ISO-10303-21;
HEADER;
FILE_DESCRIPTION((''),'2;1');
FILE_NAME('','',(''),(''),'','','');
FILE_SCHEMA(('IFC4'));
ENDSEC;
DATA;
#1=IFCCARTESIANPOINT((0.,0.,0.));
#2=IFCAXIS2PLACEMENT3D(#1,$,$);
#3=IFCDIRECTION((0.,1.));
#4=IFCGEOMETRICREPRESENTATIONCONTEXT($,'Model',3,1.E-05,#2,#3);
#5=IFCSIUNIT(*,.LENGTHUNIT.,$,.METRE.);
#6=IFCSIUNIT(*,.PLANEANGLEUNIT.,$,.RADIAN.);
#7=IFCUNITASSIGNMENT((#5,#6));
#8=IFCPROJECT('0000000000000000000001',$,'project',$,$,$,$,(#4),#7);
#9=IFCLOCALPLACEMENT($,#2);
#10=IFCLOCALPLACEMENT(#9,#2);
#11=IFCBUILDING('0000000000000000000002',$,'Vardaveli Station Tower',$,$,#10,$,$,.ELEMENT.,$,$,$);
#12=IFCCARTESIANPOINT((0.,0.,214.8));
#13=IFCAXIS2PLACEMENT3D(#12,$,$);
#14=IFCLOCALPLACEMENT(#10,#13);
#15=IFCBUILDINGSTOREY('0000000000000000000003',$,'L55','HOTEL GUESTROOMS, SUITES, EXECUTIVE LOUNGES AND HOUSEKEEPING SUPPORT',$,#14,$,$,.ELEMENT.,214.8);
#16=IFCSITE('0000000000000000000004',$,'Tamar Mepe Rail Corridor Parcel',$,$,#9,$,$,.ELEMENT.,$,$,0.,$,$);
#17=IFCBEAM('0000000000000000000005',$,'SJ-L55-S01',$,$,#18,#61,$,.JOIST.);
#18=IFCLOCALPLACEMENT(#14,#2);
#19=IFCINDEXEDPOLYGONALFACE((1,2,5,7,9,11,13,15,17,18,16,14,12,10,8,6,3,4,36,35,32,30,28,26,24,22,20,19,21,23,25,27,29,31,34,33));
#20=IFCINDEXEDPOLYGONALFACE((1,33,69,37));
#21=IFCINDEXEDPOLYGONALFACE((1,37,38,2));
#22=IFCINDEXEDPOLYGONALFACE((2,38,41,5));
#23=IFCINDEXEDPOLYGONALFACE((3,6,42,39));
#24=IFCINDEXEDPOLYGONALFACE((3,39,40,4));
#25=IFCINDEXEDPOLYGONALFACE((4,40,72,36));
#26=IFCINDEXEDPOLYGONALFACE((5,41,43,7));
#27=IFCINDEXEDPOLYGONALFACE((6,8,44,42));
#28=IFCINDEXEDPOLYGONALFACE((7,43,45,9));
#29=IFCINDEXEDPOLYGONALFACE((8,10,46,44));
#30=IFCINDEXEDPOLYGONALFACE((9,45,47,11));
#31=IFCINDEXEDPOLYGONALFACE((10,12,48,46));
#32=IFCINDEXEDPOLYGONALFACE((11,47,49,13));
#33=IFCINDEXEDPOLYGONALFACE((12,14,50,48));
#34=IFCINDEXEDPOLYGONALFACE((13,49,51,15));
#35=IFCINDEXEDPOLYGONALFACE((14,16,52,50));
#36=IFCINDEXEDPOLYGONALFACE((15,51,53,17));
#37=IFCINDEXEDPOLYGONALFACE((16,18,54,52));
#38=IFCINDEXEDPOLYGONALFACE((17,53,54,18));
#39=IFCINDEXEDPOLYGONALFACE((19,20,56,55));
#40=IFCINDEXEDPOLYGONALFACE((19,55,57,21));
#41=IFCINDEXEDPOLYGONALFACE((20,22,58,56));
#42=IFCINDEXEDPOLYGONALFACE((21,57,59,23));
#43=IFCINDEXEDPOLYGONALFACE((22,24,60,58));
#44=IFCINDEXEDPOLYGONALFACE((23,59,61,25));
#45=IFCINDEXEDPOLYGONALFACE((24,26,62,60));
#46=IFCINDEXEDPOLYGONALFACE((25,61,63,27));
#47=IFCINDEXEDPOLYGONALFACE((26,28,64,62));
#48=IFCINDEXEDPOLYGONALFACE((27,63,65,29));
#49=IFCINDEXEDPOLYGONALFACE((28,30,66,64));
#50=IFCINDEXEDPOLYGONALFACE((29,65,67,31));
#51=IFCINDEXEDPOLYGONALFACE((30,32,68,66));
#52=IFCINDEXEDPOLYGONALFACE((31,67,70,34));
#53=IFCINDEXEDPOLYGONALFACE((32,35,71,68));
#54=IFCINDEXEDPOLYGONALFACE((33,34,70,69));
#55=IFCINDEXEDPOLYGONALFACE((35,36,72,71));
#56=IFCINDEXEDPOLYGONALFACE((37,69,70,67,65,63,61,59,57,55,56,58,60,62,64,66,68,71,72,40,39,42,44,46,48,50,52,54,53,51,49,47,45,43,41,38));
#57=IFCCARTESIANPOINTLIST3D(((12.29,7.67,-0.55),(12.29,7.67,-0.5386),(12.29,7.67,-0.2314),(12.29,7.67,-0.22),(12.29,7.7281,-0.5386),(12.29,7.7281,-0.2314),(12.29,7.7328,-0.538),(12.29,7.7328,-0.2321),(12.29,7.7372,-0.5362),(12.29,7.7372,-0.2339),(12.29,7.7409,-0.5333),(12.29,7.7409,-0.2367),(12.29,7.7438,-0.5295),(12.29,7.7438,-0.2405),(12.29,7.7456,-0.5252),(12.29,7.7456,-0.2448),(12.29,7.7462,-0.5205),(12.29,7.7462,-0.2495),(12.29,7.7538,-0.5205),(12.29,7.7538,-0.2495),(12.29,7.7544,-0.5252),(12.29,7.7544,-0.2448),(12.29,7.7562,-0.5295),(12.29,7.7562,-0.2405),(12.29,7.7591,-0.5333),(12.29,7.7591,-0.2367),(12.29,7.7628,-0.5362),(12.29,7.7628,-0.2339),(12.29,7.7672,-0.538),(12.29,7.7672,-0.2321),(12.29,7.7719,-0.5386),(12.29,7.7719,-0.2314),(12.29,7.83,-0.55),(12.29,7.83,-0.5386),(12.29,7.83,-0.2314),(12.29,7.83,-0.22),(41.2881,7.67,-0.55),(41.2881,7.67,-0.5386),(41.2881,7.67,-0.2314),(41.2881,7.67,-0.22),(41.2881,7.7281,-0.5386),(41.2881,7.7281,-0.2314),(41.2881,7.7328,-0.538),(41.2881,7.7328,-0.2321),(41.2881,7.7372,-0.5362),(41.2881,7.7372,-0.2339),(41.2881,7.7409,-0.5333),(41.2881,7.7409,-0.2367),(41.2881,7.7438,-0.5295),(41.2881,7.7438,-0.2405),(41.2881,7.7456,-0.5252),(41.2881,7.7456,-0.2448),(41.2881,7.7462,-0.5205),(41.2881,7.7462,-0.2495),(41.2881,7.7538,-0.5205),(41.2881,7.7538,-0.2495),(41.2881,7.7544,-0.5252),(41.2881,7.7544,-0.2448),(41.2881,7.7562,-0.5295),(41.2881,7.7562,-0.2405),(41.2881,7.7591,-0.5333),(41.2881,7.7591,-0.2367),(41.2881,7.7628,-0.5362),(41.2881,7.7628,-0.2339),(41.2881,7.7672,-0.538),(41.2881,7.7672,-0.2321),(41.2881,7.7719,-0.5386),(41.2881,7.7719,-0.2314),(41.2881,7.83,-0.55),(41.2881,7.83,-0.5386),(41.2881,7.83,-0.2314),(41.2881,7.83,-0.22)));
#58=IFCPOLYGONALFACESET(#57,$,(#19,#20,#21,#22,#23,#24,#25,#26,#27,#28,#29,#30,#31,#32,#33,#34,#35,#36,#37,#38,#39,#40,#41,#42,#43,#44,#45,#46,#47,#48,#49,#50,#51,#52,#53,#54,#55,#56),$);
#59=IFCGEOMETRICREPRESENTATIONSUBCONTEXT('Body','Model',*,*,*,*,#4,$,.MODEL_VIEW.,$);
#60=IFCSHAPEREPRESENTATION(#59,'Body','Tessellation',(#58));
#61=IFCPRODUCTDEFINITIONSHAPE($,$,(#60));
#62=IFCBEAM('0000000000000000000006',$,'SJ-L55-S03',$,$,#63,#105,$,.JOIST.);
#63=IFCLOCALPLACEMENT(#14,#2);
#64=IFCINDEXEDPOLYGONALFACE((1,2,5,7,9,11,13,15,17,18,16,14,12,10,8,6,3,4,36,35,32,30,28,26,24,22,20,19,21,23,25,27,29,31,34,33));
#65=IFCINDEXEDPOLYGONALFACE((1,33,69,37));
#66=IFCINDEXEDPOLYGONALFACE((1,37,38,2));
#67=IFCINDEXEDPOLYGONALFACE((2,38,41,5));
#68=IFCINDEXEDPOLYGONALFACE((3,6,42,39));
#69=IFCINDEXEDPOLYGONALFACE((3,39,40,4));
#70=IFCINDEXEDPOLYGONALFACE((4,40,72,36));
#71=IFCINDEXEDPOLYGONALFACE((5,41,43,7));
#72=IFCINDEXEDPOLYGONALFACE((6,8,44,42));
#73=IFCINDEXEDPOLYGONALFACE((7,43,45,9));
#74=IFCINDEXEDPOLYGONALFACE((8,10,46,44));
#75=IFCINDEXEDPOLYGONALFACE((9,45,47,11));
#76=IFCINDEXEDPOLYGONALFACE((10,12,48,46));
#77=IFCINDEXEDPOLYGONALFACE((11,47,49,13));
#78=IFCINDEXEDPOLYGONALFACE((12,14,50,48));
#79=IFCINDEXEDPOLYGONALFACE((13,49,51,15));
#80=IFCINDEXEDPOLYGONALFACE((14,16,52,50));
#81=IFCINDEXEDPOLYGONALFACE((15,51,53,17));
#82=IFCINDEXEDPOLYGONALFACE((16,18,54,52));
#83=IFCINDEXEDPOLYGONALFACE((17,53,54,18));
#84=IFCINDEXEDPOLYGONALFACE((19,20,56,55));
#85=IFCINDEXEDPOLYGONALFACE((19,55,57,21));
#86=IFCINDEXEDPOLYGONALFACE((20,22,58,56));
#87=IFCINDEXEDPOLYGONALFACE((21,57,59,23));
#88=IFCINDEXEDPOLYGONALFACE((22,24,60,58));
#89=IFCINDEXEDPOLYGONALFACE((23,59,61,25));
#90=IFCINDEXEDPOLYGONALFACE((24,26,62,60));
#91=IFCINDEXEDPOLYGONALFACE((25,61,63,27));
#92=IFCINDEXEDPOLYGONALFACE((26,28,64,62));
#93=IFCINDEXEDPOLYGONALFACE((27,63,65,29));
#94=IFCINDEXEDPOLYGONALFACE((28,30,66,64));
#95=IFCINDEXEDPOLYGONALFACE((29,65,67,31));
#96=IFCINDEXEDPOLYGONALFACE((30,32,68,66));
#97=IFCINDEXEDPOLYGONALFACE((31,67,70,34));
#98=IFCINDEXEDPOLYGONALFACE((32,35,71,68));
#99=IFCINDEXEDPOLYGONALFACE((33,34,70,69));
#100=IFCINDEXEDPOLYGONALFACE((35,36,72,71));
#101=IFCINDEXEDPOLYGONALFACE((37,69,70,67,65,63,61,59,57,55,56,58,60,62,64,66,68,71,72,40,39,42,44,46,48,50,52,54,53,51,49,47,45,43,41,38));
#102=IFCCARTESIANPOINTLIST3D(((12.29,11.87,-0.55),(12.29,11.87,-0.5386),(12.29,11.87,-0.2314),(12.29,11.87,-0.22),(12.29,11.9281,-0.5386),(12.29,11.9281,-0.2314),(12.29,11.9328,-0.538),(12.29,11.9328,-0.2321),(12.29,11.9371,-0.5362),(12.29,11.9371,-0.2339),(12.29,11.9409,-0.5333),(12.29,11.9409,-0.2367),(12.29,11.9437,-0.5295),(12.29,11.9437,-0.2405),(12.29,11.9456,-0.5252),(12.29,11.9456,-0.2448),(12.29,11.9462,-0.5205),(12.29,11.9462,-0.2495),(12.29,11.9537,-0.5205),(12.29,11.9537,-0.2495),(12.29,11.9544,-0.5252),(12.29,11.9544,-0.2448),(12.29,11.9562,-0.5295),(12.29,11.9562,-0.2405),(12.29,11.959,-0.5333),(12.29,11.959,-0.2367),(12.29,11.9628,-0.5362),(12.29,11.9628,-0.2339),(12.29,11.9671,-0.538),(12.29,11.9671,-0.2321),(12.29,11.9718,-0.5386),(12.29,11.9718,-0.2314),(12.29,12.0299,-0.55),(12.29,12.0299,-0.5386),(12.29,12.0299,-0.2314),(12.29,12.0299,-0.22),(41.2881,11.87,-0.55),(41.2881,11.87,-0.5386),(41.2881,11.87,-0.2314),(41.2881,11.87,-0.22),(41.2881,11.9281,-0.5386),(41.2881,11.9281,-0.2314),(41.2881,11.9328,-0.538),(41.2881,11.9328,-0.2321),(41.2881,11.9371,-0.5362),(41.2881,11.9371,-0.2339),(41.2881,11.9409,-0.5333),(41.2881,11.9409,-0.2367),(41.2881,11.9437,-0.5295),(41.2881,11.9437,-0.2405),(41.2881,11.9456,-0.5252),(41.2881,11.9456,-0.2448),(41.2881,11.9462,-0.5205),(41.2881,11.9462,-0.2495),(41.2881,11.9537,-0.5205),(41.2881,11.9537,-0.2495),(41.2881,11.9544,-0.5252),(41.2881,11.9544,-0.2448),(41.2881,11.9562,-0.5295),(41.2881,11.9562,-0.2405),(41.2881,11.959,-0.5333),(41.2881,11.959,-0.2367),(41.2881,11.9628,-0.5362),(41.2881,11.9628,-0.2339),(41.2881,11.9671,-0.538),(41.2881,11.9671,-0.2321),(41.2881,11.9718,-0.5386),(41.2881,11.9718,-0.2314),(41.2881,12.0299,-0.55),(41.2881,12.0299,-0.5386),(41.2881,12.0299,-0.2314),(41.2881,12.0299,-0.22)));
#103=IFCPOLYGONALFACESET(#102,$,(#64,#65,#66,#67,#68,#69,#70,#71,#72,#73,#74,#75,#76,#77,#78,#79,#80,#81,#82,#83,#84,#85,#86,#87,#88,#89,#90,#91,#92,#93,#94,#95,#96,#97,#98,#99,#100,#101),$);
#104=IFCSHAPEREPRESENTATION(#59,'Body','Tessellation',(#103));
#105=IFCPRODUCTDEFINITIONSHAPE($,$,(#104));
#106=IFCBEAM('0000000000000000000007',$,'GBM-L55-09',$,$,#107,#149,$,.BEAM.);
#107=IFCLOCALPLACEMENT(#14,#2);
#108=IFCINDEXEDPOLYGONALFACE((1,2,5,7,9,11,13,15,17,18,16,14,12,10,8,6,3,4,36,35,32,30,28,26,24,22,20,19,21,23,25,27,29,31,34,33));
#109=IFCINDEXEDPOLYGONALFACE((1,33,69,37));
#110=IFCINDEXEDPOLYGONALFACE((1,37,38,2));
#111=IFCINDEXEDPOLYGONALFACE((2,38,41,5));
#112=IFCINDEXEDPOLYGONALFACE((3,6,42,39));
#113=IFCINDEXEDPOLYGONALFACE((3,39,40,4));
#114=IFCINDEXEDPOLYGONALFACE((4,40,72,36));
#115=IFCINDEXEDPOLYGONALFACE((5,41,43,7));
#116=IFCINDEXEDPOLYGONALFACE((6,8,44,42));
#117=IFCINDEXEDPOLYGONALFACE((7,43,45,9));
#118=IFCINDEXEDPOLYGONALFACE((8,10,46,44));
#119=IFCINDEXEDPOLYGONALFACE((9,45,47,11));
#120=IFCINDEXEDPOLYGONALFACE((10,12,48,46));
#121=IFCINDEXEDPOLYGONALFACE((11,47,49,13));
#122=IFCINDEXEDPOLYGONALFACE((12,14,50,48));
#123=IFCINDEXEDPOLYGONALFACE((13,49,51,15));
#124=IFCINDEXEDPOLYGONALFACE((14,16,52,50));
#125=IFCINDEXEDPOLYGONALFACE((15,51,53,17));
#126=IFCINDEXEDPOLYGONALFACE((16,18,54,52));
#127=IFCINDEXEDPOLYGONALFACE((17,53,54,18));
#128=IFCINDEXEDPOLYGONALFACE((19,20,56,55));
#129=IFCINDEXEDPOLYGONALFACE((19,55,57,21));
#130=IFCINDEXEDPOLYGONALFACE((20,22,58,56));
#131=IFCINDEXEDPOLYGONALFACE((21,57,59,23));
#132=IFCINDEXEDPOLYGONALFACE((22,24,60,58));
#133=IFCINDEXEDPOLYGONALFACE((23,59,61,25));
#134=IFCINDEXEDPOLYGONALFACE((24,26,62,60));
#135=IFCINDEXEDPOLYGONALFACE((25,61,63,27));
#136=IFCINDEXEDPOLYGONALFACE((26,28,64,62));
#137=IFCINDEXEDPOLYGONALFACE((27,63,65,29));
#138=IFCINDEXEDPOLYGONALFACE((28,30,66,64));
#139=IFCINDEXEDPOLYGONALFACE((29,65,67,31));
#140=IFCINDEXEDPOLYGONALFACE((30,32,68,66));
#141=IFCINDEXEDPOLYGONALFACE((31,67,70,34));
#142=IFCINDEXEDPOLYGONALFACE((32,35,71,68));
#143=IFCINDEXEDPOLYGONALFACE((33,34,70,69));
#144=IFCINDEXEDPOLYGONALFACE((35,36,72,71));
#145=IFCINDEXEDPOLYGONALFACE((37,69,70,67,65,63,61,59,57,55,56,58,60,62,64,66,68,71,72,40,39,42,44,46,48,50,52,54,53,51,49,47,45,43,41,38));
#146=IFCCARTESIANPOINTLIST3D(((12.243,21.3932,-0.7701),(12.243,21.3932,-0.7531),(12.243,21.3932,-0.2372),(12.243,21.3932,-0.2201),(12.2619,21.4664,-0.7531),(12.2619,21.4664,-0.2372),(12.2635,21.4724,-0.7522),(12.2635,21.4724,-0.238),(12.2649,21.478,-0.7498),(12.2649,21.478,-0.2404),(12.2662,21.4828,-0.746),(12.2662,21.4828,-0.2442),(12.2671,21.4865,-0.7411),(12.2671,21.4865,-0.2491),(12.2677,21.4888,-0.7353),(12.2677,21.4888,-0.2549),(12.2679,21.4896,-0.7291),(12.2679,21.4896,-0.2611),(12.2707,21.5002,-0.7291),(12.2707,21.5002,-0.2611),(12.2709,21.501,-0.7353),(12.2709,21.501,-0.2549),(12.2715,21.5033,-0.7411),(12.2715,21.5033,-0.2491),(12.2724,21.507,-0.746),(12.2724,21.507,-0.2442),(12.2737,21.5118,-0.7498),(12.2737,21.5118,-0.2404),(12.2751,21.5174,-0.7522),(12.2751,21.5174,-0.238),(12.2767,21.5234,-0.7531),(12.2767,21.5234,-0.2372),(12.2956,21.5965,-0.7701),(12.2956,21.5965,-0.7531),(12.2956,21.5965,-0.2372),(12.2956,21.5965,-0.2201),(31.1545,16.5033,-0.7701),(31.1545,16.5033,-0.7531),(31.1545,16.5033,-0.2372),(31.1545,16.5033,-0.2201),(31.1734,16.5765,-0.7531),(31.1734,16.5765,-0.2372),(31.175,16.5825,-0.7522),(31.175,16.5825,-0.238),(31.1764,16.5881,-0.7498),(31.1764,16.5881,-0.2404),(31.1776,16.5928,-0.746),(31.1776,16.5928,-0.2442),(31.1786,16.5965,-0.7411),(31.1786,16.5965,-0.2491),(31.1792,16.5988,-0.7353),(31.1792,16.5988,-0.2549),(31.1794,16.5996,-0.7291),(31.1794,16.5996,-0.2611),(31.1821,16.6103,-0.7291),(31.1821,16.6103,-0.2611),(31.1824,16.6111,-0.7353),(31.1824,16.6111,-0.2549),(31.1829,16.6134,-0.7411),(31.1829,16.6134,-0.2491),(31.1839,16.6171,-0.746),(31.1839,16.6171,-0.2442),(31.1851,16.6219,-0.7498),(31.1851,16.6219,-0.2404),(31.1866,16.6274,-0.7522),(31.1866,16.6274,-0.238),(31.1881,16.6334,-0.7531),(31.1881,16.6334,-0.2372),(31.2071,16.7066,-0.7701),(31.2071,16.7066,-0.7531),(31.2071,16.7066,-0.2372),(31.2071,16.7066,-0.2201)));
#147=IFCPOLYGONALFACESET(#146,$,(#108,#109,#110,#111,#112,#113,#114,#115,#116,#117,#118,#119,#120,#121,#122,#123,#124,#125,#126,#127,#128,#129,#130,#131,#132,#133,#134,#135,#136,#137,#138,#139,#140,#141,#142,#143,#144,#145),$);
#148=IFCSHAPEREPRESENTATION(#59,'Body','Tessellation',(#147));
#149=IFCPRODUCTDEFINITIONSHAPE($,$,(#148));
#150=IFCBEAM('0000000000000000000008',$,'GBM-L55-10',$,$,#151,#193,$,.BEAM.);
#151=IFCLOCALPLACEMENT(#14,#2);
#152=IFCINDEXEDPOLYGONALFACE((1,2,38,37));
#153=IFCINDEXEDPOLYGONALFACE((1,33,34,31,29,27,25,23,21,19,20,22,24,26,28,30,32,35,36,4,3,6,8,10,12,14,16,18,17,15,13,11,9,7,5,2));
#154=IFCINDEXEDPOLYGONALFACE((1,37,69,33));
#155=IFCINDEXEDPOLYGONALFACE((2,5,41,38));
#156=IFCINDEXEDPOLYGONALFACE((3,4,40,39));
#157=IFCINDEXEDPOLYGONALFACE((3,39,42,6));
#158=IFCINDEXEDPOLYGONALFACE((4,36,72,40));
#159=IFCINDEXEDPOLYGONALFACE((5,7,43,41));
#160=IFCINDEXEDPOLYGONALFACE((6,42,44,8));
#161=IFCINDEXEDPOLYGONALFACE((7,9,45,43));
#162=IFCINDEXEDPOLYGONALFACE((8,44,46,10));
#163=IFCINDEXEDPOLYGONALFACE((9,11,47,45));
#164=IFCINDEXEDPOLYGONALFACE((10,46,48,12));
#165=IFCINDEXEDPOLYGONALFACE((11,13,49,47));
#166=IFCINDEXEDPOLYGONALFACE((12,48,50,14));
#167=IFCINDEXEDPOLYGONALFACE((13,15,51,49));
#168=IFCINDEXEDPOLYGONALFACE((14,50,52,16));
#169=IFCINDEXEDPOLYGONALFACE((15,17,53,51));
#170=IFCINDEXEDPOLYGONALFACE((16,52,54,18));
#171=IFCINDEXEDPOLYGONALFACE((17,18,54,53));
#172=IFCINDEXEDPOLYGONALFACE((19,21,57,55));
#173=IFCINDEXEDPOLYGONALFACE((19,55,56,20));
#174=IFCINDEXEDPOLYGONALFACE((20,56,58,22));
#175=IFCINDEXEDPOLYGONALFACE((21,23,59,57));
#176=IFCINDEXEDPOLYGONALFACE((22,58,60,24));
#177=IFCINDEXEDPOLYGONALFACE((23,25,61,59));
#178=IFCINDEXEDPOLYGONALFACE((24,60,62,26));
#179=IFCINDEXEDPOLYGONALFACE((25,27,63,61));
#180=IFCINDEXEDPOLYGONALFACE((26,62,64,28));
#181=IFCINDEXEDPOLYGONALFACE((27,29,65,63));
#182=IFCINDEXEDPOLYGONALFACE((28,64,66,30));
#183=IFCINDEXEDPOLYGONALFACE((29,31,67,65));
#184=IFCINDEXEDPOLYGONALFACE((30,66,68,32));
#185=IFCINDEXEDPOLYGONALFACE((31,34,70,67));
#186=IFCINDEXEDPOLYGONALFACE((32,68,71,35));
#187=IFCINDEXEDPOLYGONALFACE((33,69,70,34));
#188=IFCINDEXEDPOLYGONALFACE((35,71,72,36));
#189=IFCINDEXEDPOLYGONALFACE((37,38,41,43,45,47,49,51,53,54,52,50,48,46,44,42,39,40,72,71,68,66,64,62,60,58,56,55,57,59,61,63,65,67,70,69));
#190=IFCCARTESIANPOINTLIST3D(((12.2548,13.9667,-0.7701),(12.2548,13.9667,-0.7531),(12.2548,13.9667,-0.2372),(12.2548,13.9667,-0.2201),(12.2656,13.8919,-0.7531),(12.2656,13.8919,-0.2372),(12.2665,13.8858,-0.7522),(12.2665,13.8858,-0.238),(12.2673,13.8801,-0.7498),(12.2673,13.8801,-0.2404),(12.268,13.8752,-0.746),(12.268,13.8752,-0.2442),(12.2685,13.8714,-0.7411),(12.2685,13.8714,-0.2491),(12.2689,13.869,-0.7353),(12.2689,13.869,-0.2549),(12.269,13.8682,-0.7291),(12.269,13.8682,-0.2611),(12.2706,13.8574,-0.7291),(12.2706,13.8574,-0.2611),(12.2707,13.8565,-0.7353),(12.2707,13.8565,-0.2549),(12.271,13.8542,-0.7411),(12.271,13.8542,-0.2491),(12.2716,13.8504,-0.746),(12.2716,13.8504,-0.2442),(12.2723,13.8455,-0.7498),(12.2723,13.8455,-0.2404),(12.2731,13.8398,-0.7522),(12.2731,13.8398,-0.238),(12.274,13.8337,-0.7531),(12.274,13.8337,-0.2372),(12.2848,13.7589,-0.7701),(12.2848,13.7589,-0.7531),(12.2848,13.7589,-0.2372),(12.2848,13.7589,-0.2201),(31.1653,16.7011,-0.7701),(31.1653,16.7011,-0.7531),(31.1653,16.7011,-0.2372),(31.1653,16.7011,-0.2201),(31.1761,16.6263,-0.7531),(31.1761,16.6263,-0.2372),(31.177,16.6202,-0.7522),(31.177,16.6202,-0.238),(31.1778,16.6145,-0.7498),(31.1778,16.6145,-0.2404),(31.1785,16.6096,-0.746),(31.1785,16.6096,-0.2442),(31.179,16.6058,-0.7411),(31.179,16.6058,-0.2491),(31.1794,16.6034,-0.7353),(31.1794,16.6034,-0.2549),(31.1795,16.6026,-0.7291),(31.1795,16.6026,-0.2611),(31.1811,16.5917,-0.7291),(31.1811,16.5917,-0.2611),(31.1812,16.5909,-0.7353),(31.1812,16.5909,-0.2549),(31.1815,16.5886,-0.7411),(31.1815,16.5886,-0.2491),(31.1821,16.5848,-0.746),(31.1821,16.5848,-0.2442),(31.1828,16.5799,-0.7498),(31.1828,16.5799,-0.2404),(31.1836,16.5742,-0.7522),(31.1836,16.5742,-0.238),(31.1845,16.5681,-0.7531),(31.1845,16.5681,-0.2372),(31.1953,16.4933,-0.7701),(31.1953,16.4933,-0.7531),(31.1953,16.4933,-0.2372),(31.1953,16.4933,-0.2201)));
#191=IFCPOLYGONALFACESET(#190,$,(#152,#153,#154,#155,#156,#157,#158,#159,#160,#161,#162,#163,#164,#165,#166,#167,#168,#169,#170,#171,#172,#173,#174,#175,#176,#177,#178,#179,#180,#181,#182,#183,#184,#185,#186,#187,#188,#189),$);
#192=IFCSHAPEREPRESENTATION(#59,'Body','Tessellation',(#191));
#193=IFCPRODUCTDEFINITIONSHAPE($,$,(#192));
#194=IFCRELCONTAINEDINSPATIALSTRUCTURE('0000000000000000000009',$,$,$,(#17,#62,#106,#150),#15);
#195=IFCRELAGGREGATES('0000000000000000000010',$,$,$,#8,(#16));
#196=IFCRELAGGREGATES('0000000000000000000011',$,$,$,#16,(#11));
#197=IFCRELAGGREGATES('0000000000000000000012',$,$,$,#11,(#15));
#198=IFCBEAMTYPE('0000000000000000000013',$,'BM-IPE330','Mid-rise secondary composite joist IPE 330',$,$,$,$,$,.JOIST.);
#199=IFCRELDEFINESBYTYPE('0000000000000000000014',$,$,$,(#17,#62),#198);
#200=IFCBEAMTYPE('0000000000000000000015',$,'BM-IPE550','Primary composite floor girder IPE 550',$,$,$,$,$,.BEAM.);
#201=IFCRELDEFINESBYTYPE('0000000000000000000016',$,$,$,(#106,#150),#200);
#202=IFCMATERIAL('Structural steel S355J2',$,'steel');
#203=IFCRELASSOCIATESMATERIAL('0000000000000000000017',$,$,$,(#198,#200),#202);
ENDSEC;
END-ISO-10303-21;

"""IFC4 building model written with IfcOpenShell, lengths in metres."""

from ifc_helpers import new_model, si_unit, direction, frame, origin, origin_2d, place, context, subcontext, project, spatial, i_section, extrude, source, transform, mapped, material, material_profile, profile_set, type_object, element, save


model = new_model("IFC4")

# Units and contexts
model_context = context("Model", 3, precision=1e-05, world=origin(), true_north=direction((0.0, 1.0)))
body_context = subcontext(model_context, "Body", "Model", "MODEL_VIEW")
ifc_project = project(units=[si_unit("LENGTHUNIT", "METRE"), si_unit("PLANEANGLEUNIT", "RADIAN")], contexts=[model_context])

# Site, building, storey
site_placement = place(None, origin())
site = spatial("IfcSite", under=ifc_project, at=site_placement, Name="Tamar Mepe Rail Corridor Parcel", CompositionType="ELEMENT", RefElevation=0.0)
building_placement = place(site_placement, origin())
building = spatial("IfcBuilding", under=site, at=building_placement, Name="Vardaveli Station Tower", CompositionType="ELEMENT")
storey_placement = place(building_placement, frame((0.0, 0.0, 214.8)))
storey = spatial("IfcBuildingStorey", under=building, at=storey_placement, Name="L55", Description="HOTEL GUESTROOMS, SUITES, EXECUTIVE LOUNGES AND HOUSEKEEPING SUPPORT", CompositionType="ELEMENT", Elevation=214.8)

# Beams
ifc_material_1 = material(Name="Structural steel S355J2", Category="steel")
ifc_material_profile_1 = material_profile(ifc_material_1, i_section(OverallWidth=0.1599, OverallDepth=0.3301, WebThickness=0.0076, FlangeThickness=0.0115, FilletRadius=0.0181, at=origin_2d()), Name="IPE 330")
ifc_profile_set_1 = profile_set([ifc_material_profile_1], Name="Structural steel S355J2")
beam_type_1 = type_object("IfcBeamType", Name="BM-IPE330", Description="Mid-rise secondary composite joist IPE 330", PredefinedType="JOIST", material=ifc_profile_set_1)
shared_shape_1 = source(origin(), body_context, "Body", "SweptSolid", [
    extrude(i_section(OverallWidth=0.1599, OverallDepth=0.3301, WebThickness=0.0076, FlangeThickness=0.0115, FilletRadius=0.0181, at=origin_2d()), origin(), (0.0, 0.0, 1.0), 28.998),
])
for number, where, z_axis, x_axis, name in (
    (1, (12.29, 7.75, -0.385), (1.0, 0.0, 0.0), (0.0, 1.0, 0.0), "SJ-L55-S01"),
    (2, (12.29, 11.95, -0.385), (1.0, 0.0, 0.0), (0.0, 1.0, 0.0), "SJ-L55-S03"),
):
    element("IfcBeam", number, at=place(storey_placement, frame(where, z_axis=z_axis, x_axis=x_axis)), inside=storey, type_object=beam_type_1, Name=name, PredefinedType="JOIST", context=body_context, shape_type="MappedRepresentation", body=[
        mapped(shared_shape_1, transform((0.0, 0.0, 0.0), scale=1.0)),
    ])
ifc_material_profile_2 = material_profile(ifc_material_1, i_section(OverallWidth=0.21, OverallDepth=0.55, WebThickness=0.011, FlangeThickness=0.0171, FilletRadius=0.0239, at=origin_2d()), Name="IPE 550")
ifc_profile_set_2 = profile_set([ifc_material_profile_2], Name="Structural steel S355J2")
beam_type_2 = type_object("IfcBeamType", Name="BM-IPE550", Description="Primary composite floor girder IPE 550", PredefinedType="BEAM", material=ifc_profile_set_2)
shared_shape_2 = source(origin(), body_context, "Body", "SweptSolid", [
    extrude(i_section(OverallWidth=0.21, OverallDepth=0.55, WebThickness=0.011, FlangeThickness=0.0171, FilletRadius=0.0239, at=origin_2d()), origin(), (0.0, 0.0, 1.0), 19.5334),
])
beam_1_placement = place(storey_placement, frame((12.2693, 21.4949, -0.4951), z_axis=(0.968159, -0.250336, 0.0), x_axis=(0.250336, 0.968159, 0.0)))
element("IfcBeam", 3, at=beam_1_placement, inside=storey, type_object=beam_type_2, Name="GBM-L55-09", PredefinedType="BEAM", context=body_context, shape_type="MappedRepresentation", body=[
    mapped(shared_shape_2, transform((0.0, 0.0, 0.0), scale=1.0)),
])
shared_shape_3 = source(origin(), body_context, "Body", "SweptSolid", [
    extrude(i_section(OverallWidth=0.21, OverallDepth=0.55, WebThickness=0.011, FlangeThickness=0.0171, FilletRadius=0.0239, at=origin_2d()), origin(), (0.0, 0.0, 1.0), 19.1072),
])
beam_2_placement = place(storey_placement, frame((12.2698, 13.8628, -0.4951), z_axis=(0.989707, 0.143108, 0.0), x_axis=(-0.143108, 0.989707, 0.0)))
element("IfcBeam", 4, at=beam_2_placement, inside=storey, type_object=beam_type_2, Name="GBM-L55-10", PredefinedType="BEAM", context=body_context, shape_type="MappedRepresentation", body=[
    mapped(shared_shape_3, transform((0.0, 0.0, 0.0), scale=1.0)),
])

save(model, "model.ifc")
